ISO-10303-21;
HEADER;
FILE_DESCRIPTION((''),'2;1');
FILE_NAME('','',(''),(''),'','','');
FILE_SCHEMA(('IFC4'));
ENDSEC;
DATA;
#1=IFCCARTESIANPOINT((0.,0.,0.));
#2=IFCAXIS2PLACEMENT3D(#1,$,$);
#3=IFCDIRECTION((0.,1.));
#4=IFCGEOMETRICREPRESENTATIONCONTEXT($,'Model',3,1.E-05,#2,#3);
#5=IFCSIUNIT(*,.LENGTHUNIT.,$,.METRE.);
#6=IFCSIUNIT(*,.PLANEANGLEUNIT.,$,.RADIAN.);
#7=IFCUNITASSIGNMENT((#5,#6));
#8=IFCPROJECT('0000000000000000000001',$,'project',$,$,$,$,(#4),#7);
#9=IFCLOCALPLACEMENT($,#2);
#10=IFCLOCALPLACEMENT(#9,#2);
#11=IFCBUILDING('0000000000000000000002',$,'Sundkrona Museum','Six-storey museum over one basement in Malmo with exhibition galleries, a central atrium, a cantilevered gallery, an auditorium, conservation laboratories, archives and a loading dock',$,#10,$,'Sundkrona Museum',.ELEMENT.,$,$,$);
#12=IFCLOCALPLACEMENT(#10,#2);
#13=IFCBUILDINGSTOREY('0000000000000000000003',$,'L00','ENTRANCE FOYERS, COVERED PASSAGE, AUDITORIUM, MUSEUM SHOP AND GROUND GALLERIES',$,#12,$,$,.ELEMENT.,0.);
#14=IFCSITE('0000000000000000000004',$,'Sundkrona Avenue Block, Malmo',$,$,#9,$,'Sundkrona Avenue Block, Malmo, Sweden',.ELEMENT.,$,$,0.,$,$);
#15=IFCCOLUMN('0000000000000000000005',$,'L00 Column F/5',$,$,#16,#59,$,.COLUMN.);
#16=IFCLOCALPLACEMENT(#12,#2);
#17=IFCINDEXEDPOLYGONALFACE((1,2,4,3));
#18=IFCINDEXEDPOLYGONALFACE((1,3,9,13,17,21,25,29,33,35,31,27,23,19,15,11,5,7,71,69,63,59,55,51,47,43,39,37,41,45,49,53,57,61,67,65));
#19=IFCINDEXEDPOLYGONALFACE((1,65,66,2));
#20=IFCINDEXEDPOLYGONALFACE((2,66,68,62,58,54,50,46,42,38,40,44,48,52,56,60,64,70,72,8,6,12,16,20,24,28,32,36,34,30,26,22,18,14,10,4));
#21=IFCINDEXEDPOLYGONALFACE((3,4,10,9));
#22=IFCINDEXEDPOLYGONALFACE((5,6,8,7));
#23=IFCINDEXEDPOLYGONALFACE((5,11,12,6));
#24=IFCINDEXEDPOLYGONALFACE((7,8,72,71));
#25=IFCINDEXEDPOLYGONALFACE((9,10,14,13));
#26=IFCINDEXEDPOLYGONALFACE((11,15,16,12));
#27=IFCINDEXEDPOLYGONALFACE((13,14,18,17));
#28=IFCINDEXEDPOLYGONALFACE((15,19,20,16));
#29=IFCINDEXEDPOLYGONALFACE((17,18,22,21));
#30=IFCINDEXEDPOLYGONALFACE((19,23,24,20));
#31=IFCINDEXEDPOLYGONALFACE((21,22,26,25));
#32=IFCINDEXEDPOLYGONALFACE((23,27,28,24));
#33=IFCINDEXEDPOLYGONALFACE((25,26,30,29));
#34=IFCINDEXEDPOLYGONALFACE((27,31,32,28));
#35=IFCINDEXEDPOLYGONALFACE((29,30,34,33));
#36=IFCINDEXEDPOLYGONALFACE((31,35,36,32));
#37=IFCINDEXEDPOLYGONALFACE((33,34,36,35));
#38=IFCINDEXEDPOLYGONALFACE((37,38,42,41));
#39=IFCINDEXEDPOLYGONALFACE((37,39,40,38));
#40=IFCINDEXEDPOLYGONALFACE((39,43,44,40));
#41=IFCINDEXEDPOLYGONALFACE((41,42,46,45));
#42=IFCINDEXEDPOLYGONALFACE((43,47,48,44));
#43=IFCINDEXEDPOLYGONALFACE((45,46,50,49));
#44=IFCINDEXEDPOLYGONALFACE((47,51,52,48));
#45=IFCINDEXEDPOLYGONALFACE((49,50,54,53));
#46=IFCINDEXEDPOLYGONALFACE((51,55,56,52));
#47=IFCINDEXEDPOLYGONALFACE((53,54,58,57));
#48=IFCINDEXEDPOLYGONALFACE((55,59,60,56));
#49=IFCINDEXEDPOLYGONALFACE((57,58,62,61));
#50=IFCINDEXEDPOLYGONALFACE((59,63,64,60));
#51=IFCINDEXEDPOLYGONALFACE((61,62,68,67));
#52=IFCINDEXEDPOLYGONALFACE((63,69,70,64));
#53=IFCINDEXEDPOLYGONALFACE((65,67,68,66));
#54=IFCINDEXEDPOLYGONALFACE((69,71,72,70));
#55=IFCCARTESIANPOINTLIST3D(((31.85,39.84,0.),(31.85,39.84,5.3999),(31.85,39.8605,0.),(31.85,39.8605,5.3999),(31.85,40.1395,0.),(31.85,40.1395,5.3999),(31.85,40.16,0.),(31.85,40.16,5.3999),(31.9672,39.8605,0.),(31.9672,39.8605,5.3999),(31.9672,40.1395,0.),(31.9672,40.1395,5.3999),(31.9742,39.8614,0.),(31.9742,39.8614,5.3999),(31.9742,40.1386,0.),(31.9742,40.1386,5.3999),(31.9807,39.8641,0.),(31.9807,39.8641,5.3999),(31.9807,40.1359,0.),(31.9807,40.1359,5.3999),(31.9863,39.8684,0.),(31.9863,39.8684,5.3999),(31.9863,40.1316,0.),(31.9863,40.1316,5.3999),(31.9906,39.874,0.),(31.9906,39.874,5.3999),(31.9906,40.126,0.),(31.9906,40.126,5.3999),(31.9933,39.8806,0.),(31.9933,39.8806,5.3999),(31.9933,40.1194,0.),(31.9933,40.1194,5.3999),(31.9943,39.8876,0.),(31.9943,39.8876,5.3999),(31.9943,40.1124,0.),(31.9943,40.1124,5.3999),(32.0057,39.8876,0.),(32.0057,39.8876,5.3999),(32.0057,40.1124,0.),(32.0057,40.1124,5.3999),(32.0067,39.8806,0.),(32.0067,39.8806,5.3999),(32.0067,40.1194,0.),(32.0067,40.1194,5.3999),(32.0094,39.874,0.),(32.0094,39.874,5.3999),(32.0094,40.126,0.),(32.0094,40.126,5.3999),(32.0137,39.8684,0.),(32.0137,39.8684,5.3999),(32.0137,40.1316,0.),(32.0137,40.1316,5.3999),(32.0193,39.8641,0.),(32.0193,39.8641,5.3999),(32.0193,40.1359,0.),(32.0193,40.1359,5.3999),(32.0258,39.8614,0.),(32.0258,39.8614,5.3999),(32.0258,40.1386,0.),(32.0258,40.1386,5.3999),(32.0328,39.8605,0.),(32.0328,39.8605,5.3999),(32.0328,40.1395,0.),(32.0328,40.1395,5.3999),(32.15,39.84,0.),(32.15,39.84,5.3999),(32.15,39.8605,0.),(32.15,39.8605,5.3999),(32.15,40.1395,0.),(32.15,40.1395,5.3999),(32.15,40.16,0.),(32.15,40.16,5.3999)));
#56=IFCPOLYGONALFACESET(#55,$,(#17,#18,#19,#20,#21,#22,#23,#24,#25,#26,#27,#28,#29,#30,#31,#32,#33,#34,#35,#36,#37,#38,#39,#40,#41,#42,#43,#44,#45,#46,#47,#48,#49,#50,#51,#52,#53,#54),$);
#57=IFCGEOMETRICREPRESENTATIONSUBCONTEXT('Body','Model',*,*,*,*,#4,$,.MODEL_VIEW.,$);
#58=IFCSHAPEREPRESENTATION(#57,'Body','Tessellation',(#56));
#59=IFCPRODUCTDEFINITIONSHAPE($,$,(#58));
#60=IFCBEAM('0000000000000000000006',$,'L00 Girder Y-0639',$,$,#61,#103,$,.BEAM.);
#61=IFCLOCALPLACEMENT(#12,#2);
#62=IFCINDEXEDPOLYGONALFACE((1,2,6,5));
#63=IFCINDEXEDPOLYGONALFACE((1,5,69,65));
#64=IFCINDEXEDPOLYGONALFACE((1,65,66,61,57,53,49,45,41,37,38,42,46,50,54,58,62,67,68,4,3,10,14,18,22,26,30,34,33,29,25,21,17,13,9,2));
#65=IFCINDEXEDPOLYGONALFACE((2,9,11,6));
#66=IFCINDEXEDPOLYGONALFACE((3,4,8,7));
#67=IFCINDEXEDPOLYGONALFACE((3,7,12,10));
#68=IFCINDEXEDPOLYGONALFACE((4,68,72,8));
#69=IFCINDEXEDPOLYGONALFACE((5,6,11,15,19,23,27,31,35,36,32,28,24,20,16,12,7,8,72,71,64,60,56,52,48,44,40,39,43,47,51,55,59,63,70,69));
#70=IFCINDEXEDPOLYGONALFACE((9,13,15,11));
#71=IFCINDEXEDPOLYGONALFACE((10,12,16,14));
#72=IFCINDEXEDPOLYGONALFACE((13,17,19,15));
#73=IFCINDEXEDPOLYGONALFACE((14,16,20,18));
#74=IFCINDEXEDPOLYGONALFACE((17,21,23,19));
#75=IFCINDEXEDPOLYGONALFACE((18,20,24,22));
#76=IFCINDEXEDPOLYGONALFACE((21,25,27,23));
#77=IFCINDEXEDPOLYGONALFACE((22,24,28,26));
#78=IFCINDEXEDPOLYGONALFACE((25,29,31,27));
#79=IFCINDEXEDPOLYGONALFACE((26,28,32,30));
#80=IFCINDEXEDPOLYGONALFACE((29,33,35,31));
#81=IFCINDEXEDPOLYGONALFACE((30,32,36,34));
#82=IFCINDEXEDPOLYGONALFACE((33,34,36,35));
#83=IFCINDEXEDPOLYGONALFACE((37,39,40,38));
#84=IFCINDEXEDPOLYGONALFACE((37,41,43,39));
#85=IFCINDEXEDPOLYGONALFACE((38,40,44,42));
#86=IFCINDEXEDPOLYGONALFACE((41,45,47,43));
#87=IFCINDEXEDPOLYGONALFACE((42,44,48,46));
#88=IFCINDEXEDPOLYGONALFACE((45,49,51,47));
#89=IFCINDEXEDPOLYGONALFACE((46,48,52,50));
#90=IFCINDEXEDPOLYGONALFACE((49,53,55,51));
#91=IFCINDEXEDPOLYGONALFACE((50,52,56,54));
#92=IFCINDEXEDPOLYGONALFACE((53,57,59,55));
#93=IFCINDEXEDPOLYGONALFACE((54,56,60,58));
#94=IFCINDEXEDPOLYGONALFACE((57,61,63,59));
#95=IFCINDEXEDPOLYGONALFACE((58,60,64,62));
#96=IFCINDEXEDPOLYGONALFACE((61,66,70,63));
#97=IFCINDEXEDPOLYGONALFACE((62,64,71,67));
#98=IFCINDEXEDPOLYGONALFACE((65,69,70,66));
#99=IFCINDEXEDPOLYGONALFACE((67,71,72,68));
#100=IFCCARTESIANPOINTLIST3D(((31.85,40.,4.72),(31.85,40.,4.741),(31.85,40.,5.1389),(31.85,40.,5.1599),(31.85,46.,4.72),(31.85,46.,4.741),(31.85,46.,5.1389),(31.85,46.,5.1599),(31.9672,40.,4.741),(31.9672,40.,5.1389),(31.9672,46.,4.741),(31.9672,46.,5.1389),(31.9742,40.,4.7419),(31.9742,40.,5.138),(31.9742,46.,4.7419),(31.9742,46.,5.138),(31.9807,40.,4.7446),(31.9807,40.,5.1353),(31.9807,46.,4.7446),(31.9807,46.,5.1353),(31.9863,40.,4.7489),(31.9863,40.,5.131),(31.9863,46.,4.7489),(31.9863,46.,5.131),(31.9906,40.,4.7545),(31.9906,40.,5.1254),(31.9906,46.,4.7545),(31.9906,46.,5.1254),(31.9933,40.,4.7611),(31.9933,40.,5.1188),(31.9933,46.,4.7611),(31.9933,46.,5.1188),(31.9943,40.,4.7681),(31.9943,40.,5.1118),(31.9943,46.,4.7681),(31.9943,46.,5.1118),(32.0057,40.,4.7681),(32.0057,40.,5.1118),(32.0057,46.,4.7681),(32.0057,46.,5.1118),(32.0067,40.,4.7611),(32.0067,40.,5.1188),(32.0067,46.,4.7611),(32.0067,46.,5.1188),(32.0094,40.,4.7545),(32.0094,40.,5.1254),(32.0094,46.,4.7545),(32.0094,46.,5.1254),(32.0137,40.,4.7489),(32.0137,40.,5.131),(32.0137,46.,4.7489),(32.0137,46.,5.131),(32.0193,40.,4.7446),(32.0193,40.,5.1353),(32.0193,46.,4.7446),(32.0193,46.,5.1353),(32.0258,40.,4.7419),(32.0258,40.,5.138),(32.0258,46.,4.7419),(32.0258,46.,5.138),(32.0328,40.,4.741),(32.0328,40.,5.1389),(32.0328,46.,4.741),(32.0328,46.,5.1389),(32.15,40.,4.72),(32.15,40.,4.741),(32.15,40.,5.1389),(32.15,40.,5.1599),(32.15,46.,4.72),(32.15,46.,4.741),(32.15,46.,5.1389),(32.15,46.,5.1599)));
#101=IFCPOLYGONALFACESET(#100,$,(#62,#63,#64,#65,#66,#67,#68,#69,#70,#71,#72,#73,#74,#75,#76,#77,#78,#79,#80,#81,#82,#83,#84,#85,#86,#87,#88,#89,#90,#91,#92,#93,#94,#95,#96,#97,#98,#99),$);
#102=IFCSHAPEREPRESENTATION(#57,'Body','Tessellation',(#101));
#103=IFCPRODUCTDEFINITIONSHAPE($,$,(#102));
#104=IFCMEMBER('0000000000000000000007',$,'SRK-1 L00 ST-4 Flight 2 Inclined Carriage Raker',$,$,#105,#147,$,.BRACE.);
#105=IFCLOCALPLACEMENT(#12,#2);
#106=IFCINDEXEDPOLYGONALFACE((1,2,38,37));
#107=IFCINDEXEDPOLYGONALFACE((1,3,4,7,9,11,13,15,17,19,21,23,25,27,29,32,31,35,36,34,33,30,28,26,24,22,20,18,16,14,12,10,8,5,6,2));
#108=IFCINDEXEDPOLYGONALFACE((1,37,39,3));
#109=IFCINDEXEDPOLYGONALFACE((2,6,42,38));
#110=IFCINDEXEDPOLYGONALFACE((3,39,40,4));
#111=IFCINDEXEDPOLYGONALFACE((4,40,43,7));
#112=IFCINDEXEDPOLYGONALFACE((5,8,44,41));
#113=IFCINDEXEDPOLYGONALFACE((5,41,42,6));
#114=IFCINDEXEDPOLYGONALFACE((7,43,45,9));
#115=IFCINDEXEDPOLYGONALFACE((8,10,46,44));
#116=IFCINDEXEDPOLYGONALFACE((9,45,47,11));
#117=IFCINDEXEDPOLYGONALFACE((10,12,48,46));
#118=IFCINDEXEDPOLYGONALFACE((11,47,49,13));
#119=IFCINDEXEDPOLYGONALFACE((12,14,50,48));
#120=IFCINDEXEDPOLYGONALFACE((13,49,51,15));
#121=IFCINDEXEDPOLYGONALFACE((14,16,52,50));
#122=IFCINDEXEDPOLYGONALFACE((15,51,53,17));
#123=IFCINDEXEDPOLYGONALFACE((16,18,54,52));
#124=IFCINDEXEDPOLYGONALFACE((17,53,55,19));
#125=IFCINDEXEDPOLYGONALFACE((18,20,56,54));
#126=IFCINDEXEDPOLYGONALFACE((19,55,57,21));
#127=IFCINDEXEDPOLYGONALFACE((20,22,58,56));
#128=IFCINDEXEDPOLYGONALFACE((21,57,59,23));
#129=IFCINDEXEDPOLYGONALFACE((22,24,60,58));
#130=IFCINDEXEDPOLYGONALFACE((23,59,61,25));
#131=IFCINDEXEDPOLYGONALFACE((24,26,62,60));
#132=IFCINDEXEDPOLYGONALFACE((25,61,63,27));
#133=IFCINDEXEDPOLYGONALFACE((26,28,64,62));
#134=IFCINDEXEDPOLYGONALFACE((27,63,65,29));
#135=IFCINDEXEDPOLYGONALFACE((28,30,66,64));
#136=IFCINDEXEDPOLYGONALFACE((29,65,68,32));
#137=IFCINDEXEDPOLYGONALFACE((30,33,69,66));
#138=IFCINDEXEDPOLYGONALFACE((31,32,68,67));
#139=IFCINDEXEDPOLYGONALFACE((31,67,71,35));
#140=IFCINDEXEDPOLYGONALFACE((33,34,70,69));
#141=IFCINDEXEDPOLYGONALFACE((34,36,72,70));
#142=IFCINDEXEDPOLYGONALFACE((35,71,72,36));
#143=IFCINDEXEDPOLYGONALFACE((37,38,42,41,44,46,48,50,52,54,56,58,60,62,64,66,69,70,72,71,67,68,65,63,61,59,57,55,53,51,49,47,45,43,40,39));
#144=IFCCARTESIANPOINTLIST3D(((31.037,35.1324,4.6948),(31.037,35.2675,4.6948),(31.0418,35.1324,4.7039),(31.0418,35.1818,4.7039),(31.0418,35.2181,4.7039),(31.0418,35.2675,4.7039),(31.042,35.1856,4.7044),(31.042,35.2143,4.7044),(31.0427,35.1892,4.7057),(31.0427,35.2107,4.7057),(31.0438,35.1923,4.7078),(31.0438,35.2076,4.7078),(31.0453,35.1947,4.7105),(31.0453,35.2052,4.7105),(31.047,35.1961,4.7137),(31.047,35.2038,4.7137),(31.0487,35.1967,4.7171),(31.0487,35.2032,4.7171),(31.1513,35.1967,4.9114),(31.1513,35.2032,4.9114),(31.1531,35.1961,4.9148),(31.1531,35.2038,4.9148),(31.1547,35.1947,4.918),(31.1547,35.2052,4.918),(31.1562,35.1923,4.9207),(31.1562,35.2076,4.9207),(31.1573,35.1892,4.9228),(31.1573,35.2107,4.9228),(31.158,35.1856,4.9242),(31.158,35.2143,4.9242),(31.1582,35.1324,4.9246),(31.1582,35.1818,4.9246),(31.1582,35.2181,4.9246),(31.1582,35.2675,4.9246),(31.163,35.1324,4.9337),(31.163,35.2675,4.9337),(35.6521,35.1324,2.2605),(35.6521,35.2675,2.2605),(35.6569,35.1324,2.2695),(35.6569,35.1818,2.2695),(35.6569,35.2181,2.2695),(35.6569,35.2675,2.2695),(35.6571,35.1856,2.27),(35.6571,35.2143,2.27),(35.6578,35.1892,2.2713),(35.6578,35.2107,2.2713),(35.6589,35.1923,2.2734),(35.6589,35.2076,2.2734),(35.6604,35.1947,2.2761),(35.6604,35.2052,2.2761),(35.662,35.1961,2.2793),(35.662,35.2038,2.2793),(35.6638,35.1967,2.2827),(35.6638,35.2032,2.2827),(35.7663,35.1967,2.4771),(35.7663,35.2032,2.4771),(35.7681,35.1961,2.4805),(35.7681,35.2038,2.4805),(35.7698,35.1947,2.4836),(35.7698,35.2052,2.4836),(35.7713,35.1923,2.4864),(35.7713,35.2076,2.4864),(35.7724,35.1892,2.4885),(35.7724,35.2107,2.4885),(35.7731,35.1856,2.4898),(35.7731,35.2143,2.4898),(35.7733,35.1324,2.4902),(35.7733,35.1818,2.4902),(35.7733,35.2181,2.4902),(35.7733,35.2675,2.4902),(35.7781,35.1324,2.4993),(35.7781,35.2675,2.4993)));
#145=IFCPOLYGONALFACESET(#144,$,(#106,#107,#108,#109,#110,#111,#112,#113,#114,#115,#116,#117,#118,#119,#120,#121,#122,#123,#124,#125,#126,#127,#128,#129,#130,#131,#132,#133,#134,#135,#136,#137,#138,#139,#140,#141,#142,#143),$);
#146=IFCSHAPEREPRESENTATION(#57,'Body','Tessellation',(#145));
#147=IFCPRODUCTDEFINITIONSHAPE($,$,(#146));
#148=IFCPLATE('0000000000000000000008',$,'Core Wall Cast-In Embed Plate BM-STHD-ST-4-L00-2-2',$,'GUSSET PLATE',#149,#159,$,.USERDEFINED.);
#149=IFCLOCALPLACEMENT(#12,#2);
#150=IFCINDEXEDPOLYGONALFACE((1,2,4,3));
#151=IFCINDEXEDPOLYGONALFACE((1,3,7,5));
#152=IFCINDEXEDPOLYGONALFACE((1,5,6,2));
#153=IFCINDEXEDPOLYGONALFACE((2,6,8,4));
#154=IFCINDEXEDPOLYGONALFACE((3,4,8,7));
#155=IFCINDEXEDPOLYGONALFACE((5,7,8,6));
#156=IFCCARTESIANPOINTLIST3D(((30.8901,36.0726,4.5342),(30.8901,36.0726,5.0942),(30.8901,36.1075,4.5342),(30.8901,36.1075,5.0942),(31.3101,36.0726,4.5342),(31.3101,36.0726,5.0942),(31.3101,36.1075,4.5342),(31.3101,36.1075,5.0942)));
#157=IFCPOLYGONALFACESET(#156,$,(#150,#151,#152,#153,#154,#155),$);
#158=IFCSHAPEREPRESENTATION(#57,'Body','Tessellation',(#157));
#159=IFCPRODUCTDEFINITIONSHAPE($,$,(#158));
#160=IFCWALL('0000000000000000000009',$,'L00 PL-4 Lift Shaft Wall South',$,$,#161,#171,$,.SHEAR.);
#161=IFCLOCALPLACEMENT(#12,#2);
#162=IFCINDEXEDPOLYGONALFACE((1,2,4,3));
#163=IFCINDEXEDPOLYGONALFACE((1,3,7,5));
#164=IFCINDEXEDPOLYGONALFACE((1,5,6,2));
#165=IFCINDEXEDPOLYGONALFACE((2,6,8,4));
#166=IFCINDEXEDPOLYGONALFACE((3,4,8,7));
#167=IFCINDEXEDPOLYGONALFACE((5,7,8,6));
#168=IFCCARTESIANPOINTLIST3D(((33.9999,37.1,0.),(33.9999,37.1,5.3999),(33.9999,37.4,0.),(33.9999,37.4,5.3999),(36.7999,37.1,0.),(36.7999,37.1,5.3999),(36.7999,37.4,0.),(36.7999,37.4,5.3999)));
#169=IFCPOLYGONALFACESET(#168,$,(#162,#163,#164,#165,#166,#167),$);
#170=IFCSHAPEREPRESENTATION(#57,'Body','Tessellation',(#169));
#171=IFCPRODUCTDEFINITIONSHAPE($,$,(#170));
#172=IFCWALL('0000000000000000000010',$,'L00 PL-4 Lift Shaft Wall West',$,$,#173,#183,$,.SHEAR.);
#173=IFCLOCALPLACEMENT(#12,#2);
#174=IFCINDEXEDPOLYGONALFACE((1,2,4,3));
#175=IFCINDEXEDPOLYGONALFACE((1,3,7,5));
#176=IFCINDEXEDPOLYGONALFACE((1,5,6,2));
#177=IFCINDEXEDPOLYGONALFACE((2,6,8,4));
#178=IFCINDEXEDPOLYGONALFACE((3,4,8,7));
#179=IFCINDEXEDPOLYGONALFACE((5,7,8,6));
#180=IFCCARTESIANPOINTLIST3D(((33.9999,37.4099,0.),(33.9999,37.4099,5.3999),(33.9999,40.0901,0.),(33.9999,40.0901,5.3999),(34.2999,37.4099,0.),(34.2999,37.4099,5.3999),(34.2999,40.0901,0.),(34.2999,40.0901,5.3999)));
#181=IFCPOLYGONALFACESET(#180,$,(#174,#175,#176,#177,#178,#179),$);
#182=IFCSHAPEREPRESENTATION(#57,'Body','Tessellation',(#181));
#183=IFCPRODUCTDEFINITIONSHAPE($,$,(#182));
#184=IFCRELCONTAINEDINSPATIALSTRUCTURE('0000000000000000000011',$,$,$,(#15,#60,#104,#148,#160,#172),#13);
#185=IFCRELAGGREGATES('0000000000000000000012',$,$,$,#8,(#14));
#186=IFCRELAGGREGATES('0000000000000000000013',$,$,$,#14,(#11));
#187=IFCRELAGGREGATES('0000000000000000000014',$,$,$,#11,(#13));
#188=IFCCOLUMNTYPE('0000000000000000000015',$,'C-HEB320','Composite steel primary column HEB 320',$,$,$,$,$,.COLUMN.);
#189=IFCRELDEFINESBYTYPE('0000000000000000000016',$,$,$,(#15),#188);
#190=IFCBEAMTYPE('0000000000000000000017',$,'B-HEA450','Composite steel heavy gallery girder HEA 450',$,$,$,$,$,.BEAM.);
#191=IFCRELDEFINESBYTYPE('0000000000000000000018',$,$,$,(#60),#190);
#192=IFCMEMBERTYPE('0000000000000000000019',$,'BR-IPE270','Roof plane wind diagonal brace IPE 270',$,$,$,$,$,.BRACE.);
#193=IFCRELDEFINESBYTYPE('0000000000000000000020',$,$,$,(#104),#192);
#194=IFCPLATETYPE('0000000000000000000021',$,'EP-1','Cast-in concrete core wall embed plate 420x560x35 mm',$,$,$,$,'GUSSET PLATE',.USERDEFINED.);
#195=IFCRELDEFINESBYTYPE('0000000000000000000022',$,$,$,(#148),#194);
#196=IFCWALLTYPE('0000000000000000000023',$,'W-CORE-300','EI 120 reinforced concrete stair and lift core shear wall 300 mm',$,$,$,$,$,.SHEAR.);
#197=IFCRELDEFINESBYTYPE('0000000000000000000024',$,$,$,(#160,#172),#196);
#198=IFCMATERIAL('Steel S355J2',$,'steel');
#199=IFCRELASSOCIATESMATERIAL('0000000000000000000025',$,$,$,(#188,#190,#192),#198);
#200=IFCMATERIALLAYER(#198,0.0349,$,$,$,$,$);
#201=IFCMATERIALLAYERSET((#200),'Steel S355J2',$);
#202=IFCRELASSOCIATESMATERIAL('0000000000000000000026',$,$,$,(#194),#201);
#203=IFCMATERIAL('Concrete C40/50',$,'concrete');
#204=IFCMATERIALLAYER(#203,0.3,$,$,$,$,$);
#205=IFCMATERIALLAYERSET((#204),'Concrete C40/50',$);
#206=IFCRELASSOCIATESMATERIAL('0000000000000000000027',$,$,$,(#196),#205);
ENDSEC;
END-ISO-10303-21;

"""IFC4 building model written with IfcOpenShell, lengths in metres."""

from ifc_helpers import new_model, si_unit, direction, frame, frame_2d, origin, origin_2d, place, context, subcontext, project, spatial, rectangle, i_section, extrude, material, layer, layer_set, material_profile, profile_set, type_object, element, save


model = new_model("IFC4")

# Units and contexts
model_context = context("Model", 3, precision=1e-05, world=origin(), true_north=direction((0.0, 1.0)))
body_context = subcontext(model_context, "Body", "Model", "MODEL_VIEW")
ifc_project = project(units=[si_unit("LENGTHUNIT", "METRE"), si_unit("PLANEANGLEUNIT", "RADIAN")], contexts=[model_context])

# Site, building, storey
site_placement = place(None, origin())
site = spatial("IfcSite", under=ifc_project, at=site_placement, Name="Sundkrona Avenue Block, Malmo", LongName="Sundkrona Avenue Block, Malmo, Sweden", CompositionType="ELEMENT", RefElevation=0.0)
building_placement = place(site_placement, origin())
building = spatial("IfcBuilding", under=site, at=building_placement, Name="Sundkrona Museum", Description="Six-storey museum over one basement in Malmo with exhibition galleries, a central atrium, a cantilevered gallery, an auditorium, conservation laboratories, archives and a loading dock", LongName="Sundkrona Museum", CompositionType="ELEMENT")
storey_placement = place(building_placement, origin())
storey = spatial("IfcBuildingStorey", under=building, at=storey_placement, Name="L00", Description="ENTRANCE FOYERS, COVERED PASSAGE, AUDITORIUM, MUSEUM SHOP AND GROUND GALLERIES", CompositionType="ELEMENT", Elevation=0.0)

# Column
ifc_material_1 = material(Name="Steel S355J2", Category="steel")
ifc_material_profile_1 = material_profile(ifc_material_1, i_section(OverallWidth=0.3, OverallDepth=0.3201, WebThickness=0.0115, FlangeThickness=0.0205, FilletRadius=0.0271, at=origin_2d()), Name="HEB 320")
ifc_profile_set_1 = profile_set([ifc_material_profile_1], Name="Steel S355J2")
column_type = type_object("IfcColumnType", Name="C-HEB320", Description="Composite steel primary column HEB 320", PredefinedType="COLUMN", material=ifc_profile_set_1)
column_placement = place(storey_placement, frame((32.0, 40.0, 0.0), z_axis=(0.0, 0.0, 1.0), x_axis=(1.0, 0.0, 0.0)))
element("IfcColumn", 1, at=column_placement, inside=storey, type_object=column_type, Name="L00 Column F/5", PredefinedType="COLUMN", context=body_context, shape_type="SweptSolid", body=[
    extrude(i_section(OverallWidth=0.3, OverallDepth=0.3201, WebThickness=0.0115, FlangeThickness=0.0205, FilletRadius=0.0271, at=origin_2d()), origin(), (0.0, 0.0, 1.0), 5.3999),
])

# Beam
ifc_material_profile_2 = material_profile(ifc_material_1, i_section(OverallWidth=0.3, OverallDepth=0.4399, WebThickness=0.0115, FlangeThickness=0.021, FilletRadius=0.0271, at=origin_2d()), Name="HEA 450")
ifc_profile_set_2 = profile_set([ifc_material_profile_2], Name="Steel S355J2")
beam_type = type_object("IfcBeamType", Name="B-HEA450", Description="Composite steel heavy gallery girder HEA 450", PredefinedType="BEAM", material=ifc_profile_set_2)
beam_placement = place(storey_placement, frame((32.0, 40.0, 4.9399), z_axis=(0.0, 1.0, 0.0), x_axis=(-1.0, 0.0, 0.0)))
element("IfcBeam", 2, at=beam_placement, inside=storey, type_object=beam_type, Name="L00 Girder Y-0639", PredefinedType="BEAM", context=body_context, shape_type="SweptSolid", body=[
    extrude(i_section(OverallWidth=0.3, OverallDepth=0.4399, WebThickness=0.0115, FlangeThickness=0.021, FilletRadius=0.0271, at=origin_2d()), origin(), (0.0, 0.0, 1.0), 6.0),
])

# Member
ifc_material_profile_3 = material_profile(ifc_material_1, i_section(OverallWidth=0.135, OverallDepth=0.27, WebThickness=0.0066, FlangeThickness=0.0103, FilletRadius=0.0149, at=origin_2d()), Name="IPE 270")
ifc_profile_set_3 = profile_set([ifc_material_profile_3], Name="Steel S355J2")
member_type = type_object("IfcMemberType", Name="BR-IPE270", Description="Roof plane wind diagonal brace IPE 270", PredefinedType="BRACE", material=ifc_profile_set_3)
member_placement = place(storey_placement, frame((35.7151, 35.2, 2.3799), z_axis=(-0.884493, 0.0, 0.466554), x_axis=(0.0, -1.0, 0.0)))
element("IfcMember", 3, at=member_placement, inside=storey, type_object=member_type, Name="SRK-1 L00 ST-4 Flight 2 Inclined Carriage Raker", PredefinedType="BRACE", context=body_context, shape_type="SweptSolid", body=[
    extrude(i_section(OverallWidth=0.135, OverallDepth=0.27, WebThickness=0.0066, FlangeThickness=0.0103, FilletRadius=0.0149, at=origin_2d()), origin(), (0.0, 0.0, 1.0), 5.2178),
])

# Plate
ifc_layer_1 = layer(ifc_material_1, 0.0349)
ifc_layer_set_1 = layer_set([ifc_layer_1], Name="Steel S355J2")
plate_type = type_object("IfcPlateType", Name="EP-1", Description="Cast-in concrete core wall embed plate 420x560x35 mm", ElementType="GUSSET PLATE", PredefinedType="USERDEFINED", material=ifc_layer_set_1)
plate_placement = place(storey_placement, frame((31.1001, 36.0901, 4.5342), z_axis=(0.0, 0.0, 1.0), x_axis=(1.0, 0.0, 0.0)))
element("IfcPlate", 4, at=plate_placement, inside=storey, type_object=plate_type, Name="Core Wall Cast-In Embed Plate BM-STHD-ST-4-L00-2-2", ObjectType="GUSSET PLATE", PredefinedType="USERDEFINED", context=body_context, shape_type="SweptSolid", body=[
    extrude(rectangle(XDim=0.4199, YDim=0.0349, at=origin_2d()), origin(), (0.0, 0.0, 1.0), 0.5601),
])

# Wall
ifc_material_2 = material(Name="Concrete C40/50", Category="concrete")
ifc_layer_2 = layer(ifc_material_2, 0.3)
ifc_layer_set_2 = layer_set([ifc_layer_2], Name="Concrete C40/50")
wall_type_1 = type_object("IfcWallType", Name="W-CORE-300", Description="EI 120 reinforced concrete stair and lift core shear wall 300 mm", PredefinedType="SHEAR", material=ifc_layer_set_2)
wall_1_placement = place(storey_placement, frame((34.0, 37.25, 0.0), z_axis=(0.0, 0.0, 1.0), x_axis=(1.0, 0.0, 0.0)))
element("IfcWall", 5, at=wall_1_placement, inside=storey, type_object=wall_type_1, Name="L00 PL-4 Lift Shaft Wall South", PredefinedType="SHEAR", context=body_context, shape_type="SweptSolid", body=[
    extrude(rectangle(XDim=2.8, YDim=0.3, at=frame_2d((1.3999, 0.0))), origin(), (0.0, 0.0, 1.0), 5.3999),
])

# Wall
wall_2_placement = place(storey_placement, frame((34.1499, 37.4099, 0.0), z_axis=(0.0, 0.0, 1.0), x_axis=(0.0, 1.0, 0.0)))
element("IfcWall", 6, at=wall_2_placement, inside=storey, type_object=wall_type_1, Name="L00 PL-4 Lift Shaft Wall West", PredefinedType="SHEAR", context=body_context, shape_type="SweptSolid", body=[
    extrude(rectangle(XDim=2.6802, YDim=0.3, at=frame_2d((1.3401, 0.0))), origin(), (0.0, 0.0, 1.0), 5.3999),
])

save(model, "model.ifc")
